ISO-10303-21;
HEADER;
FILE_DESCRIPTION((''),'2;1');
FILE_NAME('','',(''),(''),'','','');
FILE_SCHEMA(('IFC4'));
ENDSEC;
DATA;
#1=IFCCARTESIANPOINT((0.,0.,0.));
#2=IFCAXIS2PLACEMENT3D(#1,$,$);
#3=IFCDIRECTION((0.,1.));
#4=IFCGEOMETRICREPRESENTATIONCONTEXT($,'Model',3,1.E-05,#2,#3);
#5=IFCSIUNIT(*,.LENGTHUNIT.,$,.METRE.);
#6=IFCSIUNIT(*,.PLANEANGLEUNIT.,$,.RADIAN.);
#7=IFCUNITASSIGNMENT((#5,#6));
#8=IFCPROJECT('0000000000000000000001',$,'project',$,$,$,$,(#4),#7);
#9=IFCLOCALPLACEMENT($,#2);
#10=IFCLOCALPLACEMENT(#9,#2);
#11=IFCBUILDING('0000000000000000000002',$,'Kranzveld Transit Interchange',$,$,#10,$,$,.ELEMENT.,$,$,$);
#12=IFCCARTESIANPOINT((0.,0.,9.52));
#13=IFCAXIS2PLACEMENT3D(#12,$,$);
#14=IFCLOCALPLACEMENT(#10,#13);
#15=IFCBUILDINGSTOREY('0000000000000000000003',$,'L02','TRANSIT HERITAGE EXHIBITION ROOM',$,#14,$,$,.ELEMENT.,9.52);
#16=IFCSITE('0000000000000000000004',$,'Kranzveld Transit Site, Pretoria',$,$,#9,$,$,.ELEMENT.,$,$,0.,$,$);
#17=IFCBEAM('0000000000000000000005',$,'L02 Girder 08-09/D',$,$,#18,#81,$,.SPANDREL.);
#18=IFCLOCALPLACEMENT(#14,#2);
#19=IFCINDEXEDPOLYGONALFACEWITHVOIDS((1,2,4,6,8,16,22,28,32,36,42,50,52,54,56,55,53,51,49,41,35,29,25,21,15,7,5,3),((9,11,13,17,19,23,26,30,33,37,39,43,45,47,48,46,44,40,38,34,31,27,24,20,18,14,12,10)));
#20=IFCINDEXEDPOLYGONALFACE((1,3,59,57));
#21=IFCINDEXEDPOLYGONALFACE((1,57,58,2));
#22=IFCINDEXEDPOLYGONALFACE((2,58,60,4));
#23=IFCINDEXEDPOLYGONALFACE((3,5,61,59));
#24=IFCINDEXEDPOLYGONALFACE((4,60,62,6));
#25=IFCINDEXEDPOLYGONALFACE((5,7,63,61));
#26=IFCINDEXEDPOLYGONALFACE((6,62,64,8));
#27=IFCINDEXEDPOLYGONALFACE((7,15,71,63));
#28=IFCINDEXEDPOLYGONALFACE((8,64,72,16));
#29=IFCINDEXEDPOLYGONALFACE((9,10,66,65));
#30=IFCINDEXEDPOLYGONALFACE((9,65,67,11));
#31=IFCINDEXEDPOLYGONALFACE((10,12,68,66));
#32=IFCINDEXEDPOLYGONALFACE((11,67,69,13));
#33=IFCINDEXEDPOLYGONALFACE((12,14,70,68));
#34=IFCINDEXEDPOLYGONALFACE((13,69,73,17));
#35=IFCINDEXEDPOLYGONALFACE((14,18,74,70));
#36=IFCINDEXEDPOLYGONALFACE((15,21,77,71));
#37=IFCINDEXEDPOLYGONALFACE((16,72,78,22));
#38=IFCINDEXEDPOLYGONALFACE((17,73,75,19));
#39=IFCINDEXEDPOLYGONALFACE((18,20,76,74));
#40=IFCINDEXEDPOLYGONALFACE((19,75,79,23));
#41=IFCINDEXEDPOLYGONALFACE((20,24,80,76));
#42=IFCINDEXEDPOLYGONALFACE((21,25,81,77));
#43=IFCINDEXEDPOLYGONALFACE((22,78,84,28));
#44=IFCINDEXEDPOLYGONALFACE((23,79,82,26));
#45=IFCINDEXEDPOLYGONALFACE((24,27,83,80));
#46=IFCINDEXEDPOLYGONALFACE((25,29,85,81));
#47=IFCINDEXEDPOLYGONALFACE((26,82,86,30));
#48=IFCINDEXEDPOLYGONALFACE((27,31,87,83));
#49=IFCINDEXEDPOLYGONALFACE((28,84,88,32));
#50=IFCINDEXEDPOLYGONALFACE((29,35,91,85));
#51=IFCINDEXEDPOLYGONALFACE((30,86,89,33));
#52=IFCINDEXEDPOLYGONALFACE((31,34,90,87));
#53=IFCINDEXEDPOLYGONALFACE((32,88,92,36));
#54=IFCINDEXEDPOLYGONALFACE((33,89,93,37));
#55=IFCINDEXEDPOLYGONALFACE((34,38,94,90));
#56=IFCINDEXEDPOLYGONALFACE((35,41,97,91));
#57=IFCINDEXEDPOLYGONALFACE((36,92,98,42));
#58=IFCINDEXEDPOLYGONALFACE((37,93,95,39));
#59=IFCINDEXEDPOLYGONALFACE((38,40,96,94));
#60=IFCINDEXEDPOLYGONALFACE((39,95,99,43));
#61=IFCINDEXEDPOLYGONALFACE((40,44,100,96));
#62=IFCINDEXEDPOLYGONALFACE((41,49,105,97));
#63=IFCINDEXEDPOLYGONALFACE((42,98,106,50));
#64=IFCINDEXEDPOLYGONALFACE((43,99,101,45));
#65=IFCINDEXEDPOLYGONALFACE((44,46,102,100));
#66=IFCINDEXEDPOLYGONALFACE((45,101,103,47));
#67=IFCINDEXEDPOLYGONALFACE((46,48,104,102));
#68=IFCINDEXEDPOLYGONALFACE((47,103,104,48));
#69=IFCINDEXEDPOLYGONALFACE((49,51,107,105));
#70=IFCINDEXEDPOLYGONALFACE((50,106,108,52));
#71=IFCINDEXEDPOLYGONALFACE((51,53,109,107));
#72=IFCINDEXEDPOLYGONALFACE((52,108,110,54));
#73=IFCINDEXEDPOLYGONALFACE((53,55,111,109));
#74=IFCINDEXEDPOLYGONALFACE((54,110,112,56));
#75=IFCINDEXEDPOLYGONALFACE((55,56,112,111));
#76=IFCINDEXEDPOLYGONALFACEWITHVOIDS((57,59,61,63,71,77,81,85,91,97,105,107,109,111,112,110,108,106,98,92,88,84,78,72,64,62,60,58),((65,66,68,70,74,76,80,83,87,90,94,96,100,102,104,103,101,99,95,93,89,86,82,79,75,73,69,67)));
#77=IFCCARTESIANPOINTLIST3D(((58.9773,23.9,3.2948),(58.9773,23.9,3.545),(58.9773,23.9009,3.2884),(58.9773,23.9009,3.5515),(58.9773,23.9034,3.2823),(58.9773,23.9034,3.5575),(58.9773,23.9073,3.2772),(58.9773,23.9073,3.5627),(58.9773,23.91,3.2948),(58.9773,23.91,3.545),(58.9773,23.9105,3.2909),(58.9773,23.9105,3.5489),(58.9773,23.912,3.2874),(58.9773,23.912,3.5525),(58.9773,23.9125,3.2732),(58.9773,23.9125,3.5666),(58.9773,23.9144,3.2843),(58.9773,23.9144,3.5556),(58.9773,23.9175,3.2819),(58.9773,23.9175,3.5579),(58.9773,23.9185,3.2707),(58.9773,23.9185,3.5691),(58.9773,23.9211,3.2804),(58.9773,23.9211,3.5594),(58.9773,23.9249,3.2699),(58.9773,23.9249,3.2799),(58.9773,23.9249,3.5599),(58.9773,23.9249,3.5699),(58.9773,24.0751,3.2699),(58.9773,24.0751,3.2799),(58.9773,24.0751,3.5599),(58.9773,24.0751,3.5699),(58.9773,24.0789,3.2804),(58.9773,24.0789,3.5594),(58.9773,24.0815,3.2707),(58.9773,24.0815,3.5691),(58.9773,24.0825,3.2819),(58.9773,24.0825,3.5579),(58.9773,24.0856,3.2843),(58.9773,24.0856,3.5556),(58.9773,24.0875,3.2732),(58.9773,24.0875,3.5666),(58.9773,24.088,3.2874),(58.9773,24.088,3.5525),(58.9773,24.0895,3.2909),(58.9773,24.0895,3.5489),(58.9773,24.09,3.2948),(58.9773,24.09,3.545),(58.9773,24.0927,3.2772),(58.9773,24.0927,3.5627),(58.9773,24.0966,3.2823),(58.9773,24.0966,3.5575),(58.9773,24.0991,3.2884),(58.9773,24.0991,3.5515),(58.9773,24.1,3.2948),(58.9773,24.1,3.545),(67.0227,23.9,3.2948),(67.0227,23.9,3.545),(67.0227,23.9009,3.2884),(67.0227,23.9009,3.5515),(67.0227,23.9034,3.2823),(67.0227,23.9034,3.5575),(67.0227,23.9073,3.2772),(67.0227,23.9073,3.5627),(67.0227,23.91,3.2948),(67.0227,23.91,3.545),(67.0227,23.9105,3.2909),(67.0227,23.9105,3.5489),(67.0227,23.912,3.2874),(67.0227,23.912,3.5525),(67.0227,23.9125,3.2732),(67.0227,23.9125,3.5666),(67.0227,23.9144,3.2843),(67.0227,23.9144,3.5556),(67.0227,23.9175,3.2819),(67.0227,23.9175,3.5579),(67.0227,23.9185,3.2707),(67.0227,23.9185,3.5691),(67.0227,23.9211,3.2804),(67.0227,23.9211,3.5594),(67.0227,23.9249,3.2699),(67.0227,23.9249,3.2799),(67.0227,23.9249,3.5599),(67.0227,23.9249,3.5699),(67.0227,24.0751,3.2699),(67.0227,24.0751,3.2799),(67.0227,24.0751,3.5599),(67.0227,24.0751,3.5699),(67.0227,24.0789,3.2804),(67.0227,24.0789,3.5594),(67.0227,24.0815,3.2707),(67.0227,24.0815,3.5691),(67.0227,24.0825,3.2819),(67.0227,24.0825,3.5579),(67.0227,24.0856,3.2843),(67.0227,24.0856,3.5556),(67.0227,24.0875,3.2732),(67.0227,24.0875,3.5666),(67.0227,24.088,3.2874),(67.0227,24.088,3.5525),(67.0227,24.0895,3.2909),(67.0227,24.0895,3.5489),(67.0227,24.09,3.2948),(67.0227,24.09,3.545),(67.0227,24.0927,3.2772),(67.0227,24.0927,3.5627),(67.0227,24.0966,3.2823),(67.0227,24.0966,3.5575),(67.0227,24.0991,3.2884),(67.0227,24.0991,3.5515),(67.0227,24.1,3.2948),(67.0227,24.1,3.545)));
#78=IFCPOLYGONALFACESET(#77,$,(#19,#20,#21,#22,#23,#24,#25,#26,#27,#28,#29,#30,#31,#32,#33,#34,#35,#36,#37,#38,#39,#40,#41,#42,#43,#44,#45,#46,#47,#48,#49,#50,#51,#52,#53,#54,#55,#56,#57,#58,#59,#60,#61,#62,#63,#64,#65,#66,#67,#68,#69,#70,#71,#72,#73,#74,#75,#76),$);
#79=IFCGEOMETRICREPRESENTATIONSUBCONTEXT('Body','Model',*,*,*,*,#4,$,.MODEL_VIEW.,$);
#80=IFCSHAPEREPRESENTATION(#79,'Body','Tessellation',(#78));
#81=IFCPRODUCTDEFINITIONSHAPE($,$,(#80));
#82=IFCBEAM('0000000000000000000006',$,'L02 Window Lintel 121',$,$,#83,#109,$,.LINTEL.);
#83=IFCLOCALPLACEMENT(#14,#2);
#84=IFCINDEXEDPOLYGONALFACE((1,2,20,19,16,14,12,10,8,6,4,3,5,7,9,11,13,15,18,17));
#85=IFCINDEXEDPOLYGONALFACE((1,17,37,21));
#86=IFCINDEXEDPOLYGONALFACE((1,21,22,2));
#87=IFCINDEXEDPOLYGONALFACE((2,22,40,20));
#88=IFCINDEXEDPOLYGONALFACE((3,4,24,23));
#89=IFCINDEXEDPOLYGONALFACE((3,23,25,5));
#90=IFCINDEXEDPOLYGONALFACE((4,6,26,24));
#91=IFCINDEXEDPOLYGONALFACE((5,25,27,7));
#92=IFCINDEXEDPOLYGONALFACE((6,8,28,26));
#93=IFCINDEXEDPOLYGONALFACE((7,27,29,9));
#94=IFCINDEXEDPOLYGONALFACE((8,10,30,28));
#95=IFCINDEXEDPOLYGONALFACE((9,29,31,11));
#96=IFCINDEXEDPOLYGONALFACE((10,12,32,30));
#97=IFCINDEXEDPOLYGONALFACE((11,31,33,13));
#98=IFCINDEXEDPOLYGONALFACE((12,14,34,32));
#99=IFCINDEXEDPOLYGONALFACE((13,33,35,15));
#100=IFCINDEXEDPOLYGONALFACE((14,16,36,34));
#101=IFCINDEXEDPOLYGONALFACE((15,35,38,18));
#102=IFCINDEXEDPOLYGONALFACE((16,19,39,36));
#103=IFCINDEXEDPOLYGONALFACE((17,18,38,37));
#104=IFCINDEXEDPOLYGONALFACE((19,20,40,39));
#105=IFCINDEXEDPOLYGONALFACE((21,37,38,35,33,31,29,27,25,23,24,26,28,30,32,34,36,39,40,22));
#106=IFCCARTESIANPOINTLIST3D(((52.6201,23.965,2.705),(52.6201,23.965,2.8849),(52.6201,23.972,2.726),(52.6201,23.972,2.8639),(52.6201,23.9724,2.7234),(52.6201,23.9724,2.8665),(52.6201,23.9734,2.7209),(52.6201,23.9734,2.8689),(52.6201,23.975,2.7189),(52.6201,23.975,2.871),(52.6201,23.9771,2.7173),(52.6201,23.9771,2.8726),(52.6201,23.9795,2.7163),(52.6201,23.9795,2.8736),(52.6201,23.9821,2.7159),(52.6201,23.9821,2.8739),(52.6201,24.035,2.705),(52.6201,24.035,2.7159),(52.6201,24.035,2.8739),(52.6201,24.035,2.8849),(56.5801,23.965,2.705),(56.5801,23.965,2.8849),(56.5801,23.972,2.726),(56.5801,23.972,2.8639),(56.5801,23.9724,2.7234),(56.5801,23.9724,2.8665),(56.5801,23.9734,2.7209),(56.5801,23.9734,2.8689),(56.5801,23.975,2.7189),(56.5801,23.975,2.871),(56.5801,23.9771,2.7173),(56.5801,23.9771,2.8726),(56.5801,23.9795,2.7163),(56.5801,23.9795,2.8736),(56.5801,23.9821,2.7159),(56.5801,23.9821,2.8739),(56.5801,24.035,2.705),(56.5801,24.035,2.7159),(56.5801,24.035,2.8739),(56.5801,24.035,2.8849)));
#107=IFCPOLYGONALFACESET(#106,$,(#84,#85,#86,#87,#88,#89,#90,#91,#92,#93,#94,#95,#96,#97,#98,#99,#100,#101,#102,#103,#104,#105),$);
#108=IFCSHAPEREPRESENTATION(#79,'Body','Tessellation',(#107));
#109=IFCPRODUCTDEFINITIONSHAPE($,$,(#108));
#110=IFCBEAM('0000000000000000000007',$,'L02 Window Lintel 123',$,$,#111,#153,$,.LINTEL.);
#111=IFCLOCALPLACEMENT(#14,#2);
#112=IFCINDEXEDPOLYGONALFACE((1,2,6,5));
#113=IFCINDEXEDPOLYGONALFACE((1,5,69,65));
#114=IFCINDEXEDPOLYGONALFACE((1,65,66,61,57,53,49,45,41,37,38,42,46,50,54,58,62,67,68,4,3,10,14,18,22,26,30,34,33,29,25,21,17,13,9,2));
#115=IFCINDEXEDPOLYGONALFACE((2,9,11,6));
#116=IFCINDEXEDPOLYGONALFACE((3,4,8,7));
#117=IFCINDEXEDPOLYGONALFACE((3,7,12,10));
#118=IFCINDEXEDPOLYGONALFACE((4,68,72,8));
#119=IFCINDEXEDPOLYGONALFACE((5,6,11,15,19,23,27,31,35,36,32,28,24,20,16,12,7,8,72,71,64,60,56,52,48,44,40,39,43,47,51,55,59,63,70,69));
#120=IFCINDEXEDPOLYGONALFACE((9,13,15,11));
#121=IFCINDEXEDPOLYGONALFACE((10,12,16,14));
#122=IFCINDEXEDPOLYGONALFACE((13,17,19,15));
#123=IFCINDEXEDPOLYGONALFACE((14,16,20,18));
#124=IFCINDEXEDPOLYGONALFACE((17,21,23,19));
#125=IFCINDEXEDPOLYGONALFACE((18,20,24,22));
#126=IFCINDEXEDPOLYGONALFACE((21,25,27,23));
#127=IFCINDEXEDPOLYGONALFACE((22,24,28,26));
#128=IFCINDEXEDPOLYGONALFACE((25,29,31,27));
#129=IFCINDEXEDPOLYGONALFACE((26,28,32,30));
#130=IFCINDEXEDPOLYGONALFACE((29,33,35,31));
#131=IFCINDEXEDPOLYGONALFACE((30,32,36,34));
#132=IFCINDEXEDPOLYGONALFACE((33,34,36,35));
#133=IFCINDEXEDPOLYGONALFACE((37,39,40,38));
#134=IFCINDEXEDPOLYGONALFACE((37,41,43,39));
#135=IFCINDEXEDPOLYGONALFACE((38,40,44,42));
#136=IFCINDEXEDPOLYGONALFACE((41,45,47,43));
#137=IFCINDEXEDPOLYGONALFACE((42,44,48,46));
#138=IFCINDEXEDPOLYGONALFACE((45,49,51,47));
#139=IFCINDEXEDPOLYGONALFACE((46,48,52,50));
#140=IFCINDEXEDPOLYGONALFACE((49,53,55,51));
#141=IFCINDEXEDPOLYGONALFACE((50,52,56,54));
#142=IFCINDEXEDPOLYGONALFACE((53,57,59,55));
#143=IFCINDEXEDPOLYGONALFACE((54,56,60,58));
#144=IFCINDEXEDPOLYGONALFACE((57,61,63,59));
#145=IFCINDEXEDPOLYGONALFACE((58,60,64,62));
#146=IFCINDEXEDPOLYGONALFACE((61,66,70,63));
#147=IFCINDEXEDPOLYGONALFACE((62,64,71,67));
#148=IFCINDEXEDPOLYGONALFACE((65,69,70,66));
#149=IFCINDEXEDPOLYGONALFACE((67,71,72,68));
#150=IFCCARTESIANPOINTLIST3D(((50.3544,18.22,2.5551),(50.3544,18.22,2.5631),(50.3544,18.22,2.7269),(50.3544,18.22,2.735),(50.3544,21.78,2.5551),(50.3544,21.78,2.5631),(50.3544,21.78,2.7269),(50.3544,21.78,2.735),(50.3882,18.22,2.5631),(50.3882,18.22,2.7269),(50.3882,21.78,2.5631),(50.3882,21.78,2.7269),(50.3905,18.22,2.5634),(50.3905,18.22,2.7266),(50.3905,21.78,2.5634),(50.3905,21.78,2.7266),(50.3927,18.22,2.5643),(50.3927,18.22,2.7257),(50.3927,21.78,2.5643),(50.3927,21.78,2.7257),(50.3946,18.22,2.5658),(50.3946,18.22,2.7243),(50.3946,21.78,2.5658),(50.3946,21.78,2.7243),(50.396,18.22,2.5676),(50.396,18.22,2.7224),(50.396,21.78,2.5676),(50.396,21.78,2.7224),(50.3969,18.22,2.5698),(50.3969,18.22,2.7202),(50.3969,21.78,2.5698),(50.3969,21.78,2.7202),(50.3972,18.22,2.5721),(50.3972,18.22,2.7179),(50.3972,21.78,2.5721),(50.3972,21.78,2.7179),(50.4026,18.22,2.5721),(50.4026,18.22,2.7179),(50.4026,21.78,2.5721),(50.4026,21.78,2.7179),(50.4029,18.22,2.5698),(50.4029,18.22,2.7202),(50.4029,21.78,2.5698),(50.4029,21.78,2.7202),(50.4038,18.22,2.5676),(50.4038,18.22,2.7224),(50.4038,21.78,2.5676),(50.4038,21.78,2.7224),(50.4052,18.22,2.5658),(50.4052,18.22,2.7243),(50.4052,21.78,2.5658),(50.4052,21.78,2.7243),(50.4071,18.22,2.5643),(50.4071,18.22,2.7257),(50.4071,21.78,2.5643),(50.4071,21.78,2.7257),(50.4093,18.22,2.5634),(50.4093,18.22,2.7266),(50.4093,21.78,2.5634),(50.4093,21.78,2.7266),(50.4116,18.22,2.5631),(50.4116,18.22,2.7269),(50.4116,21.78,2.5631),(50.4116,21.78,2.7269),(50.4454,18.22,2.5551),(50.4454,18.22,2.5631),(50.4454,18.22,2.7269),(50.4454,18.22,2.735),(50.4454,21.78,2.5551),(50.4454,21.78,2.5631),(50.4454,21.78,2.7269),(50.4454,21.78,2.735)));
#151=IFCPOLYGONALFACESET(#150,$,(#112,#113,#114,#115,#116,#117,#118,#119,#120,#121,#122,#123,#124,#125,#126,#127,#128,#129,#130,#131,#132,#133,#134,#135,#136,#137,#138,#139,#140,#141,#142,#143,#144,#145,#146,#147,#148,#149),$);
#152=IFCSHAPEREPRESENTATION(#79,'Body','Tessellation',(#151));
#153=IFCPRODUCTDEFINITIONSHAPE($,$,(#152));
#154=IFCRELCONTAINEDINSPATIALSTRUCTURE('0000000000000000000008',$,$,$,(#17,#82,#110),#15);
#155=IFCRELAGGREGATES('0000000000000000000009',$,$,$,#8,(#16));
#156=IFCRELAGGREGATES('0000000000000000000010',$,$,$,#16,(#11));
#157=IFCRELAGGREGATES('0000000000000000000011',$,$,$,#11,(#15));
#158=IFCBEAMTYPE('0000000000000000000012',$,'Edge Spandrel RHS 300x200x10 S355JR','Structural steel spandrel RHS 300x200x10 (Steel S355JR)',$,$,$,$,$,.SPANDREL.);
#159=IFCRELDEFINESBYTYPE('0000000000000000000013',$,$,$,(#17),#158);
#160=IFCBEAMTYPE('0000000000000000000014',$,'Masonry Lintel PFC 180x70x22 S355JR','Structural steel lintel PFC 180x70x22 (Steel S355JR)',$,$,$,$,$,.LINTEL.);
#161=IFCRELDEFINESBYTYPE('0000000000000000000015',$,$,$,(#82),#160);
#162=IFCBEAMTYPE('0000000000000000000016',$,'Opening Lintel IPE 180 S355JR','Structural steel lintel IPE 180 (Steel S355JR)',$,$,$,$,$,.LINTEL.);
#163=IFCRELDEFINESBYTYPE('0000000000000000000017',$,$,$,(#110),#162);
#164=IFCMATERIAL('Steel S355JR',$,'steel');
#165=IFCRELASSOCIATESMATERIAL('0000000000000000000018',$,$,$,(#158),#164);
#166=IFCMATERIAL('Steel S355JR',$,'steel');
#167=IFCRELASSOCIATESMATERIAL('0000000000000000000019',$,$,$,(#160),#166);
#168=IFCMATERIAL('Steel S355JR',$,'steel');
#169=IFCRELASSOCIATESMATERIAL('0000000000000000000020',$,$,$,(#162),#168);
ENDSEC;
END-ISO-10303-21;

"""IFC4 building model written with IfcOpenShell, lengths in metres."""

from ifc_helpers import new_model, si_unit, direction, frame, origin, origin_2d, place, context, subcontext, project, spatial, hollow_rectangle, i_section, u_section, extrude, material, material_profile, profile_set, type_object, element, save


model = new_model("IFC4")

# Units and contexts
model_context = context("Model", 3, precision=1e-05, world=origin(), true_north=direction((0.0, 1.0)))
body_context = subcontext(model_context, "Body", "Model", "MODEL_VIEW")
ifc_project = project(units=[si_unit("LENGTHUNIT", "METRE"), si_unit("PLANEANGLEUNIT", "RADIAN")], contexts=[model_context])

# Site, building, storey
site_placement = place(None, origin())
site = spatial("IfcSite", under=ifc_project, at=site_placement, Name="Kranzveld Transit Site, Pretoria", CompositionType="ELEMENT", RefElevation=0.0)
building_placement = place(site_placement, origin())
building = spatial("IfcBuilding", under=site, at=building_placement, Name="Kranzveld Transit Interchange", CompositionType="ELEMENT")
storey_placement = place(building_placement, frame((0.0, 0.0, 9.52)))
storey = spatial("IfcBuildingStorey", under=building, at=storey_placement, Name="L02", Description="TRANSIT HERITAGE EXHIBITION ROOM", CompositionType="ELEMENT", Elevation=9.52)

# Beams
ifc_material_1 = material(Name="Steel S355JR", Category="steel")
ifc_material_profile_1 = material_profile(ifc_material_1, hollow_rectangle(XDim=0.2, YDim=0.3, WallThickness=0.01, InnerFilletRadius=0.0149, OuterFilletRadius=0.0249, at=origin_2d()), Name="RHS 300x200x10")
ifc_profile_set_1 = profile_set([ifc_material_profile_1], Name="Steel S355JR")
beam_type_1 = type_object("IfcBeamType", Name="Edge Spandrel RHS 300x200x10 S355JR", Description="Structural steel spandrel RHS 300x200x10 (Steel S355JR)", PredefinedType="SPANDREL", material=ifc_profile_set_1)
for number, where, z_axis, x_axis, name in (
    (1, (58.9773, 24.0, 3.4199), (1.0, 0.0, 0.0), (0.0, 1.0, 0.0), "L02 Girder 08-09/D"),
):
    element("IfcBeam", number, at=place(storey_placement, frame(where, z_axis=z_axis, x_axis=x_axis)), inside=storey, type_object=beam_type_1, Name=name, PredefinedType="SPANDREL", context=body_context, shape_type="SweptSolid", body=[
        extrude(hollow_rectangle(XDim=0.2, YDim=0.3, WallThickness=0.01, InnerFilletRadius=0.0149, OuterFilletRadius=0.0249, at=origin_2d()), origin(), (0.0, 0.0, 1.0), 8.0454),
    ])
ifc_material_2 = material(Name="Steel S355JR", Category="steel")
ifc_material_profile_2 = material_profile(ifc_material_2, u_section(Depth=0.1799, FlangeWidth=0.0701, WebThickness=0.0071, FlangeThickness=0.011, FilletRadius=0.01, at=origin_2d()), Name="PFC 180x70x22")
ifc_profile_set_2 = profile_set([ifc_material_profile_2], Name="Steel S355JR")
beam_type_2 = type_object("IfcBeamType", Name="Masonry Lintel PFC 180x70x22 S355JR", Description="Structural steel lintel PFC 180x70x22 (Steel S355JR)", PredefinedType="LINTEL", material=ifc_profile_set_2)
beam_1_placement = place(storey_placement, frame((52.6201, 24.0, 2.7949), z_axis=(1.0, 0.0, 0.0), x_axis=(0.0, 1.0, 0.0)))
element("IfcBeam", 2, at=beam_1_placement, inside=storey, type_object=beam_type_2, Name="L02 Window Lintel 121", PredefinedType="LINTEL", context=body_context, shape_type="SweptSolid", body=[
    extrude(u_section(Depth=0.1799, FlangeWidth=0.0701, WebThickness=0.0071, FlangeThickness=0.011, FilletRadius=0.01, at=origin_2d()), origin(), (0.0, 0.0, 1.0), 3.96),
])
ifc_material_3 = material(Name="Steel S355JR", Category="steel")
ifc_material_profile_3 = material_profile(ifc_material_3, i_section(OverallWidth=0.0911, OverallDepth=0.1799, WebThickness=0.0054, FlangeThickness=0.0081, FilletRadius=0.009, at=origin_2d()), Name="IPE 180")
ifc_profile_set_3 = profile_set([ifc_material_profile_3], Name="Steel S355JR")
beam_type_3 = type_object("IfcBeamType", Name="Opening Lintel IPE 180 S355JR", Description="Structural steel lintel IPE 180 (Steel S355JR)", PredefinedType="LINTEL", material=ifc_profile_set_3)
beam_2_placement = place(storey_placement, frame((50.3999, 18.22, 2.645), z_axis=(0.0, 1.0, 0.0), x_axis=(-1.0, 0.0, 0.0)))
element("IfcBeam", 3, at=beam_2_placement, inside=storey, type_object=beam_type_3, Name="L02 Window Lintel 123", PredefinedType="LINTEL", context=body_context, shape_type="SweptSolid", body=[
    extrude(i_section(OverallWidth=0.0911, OverallDepth=0.1799, WebThickness=0.0054, FlangeThickness=0.0081, FilletRadius=0.009, at=origin_2d()), origin(), (0.0, 0.0, 1.0), 3.5601),
])

save(model, "model.ifc")
